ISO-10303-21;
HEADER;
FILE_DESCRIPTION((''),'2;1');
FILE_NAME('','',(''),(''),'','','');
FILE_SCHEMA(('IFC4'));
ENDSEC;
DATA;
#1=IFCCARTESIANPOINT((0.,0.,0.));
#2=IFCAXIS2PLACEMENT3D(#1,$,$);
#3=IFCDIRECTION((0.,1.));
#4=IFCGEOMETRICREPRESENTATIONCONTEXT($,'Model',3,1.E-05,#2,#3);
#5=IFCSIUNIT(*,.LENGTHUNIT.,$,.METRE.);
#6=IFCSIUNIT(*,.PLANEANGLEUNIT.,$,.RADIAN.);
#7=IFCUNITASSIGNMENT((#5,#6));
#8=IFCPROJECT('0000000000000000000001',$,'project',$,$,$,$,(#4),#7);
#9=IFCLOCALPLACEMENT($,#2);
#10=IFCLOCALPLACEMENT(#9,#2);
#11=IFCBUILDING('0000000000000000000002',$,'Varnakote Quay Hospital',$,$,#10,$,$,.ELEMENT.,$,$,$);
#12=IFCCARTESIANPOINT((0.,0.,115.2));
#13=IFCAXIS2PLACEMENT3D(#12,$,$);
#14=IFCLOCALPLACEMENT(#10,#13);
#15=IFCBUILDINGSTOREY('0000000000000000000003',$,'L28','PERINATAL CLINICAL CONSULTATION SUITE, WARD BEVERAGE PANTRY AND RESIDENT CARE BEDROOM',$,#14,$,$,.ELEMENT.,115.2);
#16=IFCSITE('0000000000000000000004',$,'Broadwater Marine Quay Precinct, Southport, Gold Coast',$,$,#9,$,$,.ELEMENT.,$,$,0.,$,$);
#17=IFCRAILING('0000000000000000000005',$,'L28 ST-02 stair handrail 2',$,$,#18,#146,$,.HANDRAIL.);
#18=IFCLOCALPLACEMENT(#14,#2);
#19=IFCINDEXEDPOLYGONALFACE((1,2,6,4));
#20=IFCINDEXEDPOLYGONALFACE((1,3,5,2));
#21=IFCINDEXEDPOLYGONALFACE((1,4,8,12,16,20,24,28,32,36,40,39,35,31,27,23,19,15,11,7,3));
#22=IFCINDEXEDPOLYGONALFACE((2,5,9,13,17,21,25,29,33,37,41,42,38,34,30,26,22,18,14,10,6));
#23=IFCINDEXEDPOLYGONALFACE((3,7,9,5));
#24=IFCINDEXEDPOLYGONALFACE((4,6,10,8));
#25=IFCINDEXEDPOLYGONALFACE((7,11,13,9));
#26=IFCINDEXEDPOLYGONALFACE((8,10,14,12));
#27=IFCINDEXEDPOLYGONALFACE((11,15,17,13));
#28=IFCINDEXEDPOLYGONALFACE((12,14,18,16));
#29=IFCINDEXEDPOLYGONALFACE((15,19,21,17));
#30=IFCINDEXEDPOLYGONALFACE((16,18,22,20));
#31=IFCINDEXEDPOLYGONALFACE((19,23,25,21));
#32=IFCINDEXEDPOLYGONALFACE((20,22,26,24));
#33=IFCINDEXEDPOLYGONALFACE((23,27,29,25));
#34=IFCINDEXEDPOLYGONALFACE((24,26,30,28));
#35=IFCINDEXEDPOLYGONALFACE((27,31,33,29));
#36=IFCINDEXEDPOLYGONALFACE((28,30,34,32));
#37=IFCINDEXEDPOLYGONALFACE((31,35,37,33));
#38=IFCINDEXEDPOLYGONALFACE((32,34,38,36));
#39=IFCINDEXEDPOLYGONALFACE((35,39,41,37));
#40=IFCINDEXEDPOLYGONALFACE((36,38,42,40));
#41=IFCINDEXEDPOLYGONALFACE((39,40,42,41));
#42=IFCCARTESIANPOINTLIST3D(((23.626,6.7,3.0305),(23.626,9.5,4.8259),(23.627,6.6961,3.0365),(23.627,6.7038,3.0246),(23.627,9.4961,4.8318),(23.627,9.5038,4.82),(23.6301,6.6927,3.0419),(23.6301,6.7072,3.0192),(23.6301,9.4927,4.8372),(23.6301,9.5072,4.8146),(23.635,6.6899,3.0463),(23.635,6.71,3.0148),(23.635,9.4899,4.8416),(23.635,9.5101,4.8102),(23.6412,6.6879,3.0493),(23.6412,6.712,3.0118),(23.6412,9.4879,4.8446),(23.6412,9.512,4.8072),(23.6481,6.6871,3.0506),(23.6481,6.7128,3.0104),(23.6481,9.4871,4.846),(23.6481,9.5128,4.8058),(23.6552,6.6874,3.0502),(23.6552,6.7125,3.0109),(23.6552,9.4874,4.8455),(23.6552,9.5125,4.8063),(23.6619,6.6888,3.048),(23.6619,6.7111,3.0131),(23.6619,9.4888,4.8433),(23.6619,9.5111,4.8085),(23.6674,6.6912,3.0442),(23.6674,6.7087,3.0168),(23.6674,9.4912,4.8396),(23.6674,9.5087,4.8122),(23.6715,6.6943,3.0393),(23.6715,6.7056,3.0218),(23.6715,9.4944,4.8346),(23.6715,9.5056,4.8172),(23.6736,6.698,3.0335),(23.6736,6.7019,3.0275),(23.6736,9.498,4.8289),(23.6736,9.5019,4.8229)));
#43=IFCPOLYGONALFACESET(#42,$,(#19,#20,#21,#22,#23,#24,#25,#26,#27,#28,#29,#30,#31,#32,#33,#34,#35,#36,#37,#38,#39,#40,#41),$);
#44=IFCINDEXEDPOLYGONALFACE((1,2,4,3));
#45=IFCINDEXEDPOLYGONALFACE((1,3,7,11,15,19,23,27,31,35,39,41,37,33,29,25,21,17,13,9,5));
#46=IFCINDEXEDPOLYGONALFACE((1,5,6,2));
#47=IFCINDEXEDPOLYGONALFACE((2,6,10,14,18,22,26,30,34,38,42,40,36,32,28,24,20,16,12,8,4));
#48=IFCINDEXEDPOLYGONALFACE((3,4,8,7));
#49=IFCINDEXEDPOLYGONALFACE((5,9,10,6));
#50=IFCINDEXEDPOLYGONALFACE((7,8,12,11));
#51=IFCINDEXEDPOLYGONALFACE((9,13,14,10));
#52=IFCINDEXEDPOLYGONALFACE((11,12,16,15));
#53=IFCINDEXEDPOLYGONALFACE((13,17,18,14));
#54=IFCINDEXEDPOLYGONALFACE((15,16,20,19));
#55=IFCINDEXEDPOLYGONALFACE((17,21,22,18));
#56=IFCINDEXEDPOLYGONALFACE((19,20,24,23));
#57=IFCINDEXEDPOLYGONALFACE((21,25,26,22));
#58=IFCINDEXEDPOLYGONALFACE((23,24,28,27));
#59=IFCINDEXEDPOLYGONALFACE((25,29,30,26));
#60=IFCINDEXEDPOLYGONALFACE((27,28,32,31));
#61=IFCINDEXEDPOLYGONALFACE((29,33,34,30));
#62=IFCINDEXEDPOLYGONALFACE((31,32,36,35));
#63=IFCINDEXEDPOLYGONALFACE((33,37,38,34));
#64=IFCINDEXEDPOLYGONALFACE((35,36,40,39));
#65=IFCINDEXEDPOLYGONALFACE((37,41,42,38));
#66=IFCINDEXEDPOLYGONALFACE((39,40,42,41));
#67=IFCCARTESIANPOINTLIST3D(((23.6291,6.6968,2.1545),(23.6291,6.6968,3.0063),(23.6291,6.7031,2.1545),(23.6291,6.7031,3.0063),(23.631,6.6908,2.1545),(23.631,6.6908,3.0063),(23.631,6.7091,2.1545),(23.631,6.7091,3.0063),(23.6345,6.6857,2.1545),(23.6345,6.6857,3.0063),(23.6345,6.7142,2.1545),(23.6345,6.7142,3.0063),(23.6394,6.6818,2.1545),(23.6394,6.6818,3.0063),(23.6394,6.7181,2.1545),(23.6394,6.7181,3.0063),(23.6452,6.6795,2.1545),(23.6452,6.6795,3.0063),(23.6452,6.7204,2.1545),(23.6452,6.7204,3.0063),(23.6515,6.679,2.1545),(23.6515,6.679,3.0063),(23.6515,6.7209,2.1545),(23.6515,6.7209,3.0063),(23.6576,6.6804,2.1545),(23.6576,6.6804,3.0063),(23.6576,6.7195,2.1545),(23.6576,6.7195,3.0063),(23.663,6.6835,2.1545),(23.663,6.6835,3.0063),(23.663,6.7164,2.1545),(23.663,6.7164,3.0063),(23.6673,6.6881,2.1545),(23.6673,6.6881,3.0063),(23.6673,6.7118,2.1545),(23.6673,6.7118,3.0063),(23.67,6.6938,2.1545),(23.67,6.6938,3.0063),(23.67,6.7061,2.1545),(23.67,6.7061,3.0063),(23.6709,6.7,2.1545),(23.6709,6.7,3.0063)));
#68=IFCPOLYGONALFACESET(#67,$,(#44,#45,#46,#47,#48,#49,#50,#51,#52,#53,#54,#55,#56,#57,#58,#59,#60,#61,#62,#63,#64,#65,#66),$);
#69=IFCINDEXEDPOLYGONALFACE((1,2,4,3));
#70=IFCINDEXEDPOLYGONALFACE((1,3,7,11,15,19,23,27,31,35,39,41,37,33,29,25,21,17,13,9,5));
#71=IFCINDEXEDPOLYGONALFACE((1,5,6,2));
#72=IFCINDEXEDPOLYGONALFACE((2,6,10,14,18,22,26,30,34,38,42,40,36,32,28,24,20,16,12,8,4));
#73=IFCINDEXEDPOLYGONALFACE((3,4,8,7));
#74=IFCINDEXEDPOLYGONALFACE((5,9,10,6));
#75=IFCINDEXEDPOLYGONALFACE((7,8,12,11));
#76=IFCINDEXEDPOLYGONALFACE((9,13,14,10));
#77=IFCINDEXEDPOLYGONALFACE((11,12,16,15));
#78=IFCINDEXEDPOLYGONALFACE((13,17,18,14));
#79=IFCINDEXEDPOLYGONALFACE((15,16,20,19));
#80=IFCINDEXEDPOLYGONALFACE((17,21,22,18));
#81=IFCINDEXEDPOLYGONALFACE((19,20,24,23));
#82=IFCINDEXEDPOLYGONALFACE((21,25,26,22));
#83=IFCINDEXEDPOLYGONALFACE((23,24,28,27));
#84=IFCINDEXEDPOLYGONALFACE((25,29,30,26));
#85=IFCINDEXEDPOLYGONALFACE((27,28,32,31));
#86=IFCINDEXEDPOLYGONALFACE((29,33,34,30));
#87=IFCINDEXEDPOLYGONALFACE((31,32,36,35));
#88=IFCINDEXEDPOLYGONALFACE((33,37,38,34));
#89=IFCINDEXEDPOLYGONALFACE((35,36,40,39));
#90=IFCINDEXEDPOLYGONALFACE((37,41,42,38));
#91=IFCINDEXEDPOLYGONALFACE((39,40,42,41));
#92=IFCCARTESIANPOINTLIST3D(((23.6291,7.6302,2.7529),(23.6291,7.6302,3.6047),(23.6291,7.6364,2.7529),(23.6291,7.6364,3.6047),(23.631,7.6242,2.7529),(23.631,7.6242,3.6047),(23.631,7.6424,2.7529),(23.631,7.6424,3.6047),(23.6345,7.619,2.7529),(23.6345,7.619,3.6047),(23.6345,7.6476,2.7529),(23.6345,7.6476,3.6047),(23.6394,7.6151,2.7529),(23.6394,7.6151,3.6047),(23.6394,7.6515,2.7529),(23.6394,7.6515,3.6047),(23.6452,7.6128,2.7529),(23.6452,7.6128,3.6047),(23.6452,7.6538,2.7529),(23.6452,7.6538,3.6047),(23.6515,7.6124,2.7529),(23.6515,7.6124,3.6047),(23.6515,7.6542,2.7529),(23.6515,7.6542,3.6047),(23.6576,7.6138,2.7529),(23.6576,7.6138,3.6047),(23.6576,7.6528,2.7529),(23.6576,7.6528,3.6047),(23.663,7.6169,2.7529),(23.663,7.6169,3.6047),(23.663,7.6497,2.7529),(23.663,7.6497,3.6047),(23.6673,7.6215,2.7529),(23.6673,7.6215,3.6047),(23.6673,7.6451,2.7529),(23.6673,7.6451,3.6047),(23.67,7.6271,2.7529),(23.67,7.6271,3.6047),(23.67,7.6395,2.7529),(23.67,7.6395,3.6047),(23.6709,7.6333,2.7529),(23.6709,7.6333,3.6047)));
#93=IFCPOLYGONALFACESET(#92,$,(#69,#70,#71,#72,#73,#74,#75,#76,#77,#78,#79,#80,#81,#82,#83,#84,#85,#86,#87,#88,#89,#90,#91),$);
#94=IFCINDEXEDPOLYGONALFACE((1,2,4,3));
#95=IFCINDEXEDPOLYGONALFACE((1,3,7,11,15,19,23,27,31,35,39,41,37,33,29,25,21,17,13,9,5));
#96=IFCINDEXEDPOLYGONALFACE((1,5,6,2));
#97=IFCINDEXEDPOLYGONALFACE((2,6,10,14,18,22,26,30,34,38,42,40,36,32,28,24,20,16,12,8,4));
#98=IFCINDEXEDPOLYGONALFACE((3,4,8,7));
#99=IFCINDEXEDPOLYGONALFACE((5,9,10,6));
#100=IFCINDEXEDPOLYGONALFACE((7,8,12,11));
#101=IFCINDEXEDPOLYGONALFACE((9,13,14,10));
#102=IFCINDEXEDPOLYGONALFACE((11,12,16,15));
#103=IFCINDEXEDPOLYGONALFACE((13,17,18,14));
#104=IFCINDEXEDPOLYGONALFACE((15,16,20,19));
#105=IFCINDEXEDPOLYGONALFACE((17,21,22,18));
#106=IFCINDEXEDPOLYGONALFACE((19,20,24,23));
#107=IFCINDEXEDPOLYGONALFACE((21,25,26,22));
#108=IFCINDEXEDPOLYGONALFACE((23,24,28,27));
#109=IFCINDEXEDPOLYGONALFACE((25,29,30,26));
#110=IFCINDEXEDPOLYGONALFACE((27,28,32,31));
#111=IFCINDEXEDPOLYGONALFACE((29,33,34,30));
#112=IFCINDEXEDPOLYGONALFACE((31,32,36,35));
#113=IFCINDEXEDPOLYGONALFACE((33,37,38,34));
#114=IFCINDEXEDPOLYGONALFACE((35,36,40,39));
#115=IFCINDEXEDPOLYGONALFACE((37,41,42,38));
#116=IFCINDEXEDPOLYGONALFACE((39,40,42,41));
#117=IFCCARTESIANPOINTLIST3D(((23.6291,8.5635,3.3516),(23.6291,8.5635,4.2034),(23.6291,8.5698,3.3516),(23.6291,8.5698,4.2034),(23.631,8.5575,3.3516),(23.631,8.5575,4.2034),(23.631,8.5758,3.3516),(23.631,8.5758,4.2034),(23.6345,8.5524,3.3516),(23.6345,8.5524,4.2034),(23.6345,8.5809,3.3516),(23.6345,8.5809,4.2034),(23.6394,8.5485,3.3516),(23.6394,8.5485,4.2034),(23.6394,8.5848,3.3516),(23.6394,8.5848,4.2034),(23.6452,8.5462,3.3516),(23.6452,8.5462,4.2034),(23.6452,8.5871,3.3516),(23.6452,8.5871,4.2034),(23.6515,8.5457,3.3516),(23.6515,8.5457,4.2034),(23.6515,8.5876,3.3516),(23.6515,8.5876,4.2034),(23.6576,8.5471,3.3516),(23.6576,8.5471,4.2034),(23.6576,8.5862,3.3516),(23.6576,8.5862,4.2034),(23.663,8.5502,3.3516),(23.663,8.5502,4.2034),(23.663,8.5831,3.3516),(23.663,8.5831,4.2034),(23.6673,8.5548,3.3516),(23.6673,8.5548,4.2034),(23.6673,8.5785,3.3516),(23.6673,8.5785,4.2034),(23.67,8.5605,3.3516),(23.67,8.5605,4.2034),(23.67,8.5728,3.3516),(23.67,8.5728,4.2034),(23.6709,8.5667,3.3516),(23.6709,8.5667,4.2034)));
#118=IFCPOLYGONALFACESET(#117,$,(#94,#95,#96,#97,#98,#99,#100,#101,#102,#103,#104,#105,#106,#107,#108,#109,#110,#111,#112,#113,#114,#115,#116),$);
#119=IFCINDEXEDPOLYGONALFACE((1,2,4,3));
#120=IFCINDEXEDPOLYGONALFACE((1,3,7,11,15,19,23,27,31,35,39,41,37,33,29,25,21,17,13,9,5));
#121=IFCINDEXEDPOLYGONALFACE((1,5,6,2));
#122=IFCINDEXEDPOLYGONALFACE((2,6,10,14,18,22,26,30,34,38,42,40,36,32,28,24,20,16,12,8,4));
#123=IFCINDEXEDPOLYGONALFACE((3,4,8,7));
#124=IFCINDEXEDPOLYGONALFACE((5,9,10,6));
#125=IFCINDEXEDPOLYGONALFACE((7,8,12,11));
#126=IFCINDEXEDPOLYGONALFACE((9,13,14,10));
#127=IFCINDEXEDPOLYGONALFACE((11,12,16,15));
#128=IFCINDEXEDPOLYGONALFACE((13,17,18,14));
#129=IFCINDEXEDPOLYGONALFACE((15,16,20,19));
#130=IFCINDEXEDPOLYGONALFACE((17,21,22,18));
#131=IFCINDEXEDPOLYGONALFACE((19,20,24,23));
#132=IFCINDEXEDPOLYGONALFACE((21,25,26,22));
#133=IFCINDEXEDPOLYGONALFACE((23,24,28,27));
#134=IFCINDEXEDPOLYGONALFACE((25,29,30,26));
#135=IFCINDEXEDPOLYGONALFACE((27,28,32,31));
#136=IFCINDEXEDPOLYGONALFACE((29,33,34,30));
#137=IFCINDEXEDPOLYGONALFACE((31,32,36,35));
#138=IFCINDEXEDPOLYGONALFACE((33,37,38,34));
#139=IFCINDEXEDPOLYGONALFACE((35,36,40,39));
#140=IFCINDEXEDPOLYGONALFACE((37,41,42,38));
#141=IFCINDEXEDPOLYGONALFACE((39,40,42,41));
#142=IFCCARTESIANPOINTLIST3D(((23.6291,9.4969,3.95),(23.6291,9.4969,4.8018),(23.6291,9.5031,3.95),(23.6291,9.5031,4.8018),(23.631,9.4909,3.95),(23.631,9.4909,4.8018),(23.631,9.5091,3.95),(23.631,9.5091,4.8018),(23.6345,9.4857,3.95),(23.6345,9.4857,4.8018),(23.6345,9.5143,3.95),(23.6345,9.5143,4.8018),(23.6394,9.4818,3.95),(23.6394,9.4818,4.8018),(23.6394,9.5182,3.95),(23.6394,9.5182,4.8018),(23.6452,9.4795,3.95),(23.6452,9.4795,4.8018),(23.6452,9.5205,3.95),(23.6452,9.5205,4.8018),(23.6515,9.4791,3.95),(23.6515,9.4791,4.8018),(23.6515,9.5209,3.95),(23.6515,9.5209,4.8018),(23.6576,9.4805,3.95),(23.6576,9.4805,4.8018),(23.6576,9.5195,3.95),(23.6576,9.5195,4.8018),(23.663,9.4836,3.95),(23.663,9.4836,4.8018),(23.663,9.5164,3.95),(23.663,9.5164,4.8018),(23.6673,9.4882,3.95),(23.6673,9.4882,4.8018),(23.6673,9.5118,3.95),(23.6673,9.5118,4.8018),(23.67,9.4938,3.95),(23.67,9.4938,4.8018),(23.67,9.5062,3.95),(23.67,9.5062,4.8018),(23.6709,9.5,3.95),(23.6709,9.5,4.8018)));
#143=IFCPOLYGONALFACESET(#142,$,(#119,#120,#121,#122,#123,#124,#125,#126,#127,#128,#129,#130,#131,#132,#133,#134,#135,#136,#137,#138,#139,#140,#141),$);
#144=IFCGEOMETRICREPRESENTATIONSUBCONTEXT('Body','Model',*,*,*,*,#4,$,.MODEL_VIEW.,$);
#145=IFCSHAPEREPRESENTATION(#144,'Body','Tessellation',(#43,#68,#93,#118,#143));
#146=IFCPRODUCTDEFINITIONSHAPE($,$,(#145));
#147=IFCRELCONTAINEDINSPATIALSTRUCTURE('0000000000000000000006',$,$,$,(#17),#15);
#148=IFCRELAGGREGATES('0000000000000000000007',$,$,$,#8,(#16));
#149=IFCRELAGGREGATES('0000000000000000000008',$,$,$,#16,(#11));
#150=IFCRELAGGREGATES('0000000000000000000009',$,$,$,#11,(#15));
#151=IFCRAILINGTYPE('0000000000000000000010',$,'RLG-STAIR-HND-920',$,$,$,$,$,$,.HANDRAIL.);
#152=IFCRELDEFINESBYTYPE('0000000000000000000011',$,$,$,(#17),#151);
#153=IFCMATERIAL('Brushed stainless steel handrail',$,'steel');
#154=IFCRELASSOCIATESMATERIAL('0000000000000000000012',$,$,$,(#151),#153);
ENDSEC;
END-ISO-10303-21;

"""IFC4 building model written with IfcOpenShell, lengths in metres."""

from ifc_helpers import new_model, si_unit, direction, frame, origin, origin_2d, place, context, subcontext, project, spatial, circle, extrude, material, type_object, element, save


model = new_model("IFC4")

# Units and contexts
model_context = context("Model", 3, precision=1e-05, world=origin(), true_north=direction((0.0, 1.0)))
body_context = subcontext(model_context, "Body", "Model", "MODEL_VIEW")
ifc_project = project(units=[si_unit("LENGTHUNIT", "METRE"), si_unit("PLANEANGLEUNIT", "RADIAN")], contexts=[model_context])

# Site, building, storey
site_placement = place(None, origin())
site = spatial("IfcSite", under=ifc_project, at=site_placement, Name="Broadwater Marine Quay Precinct, Southport, Gold Coast", CompositionType="ELEMENT", RefElevation=0.0)
building_placement = place(site_placement, origin())
building = spatial("IfcBuilding", under=site, at=building_placement, Name="Varnakote Quay Hospital", CompositionType="ELEMENT")
storey_placement = place(building_placement, frame((0.0, 0.0, 115.2)))
storey = spatial("IfcBuildingStorey", under=building, at=storey_placement, Name="L28", Description="PERINATAL CLINICAL CONSULTATION SUITE, WARD BEVERAGE PANTRY AND RESIDENT CARE BEDROOM", CompositionType="ELEMENT", Elevation=115.2)

# Railing
ifc_material_1 = material(Name="Brushed stainless steel handrail", Category="steel")
railing_type_1 = type_object("IfcRailingType", Name="RLG-STAIR-HND-920", PredefinedType="HANDRAIL", material=ifc_material_1)
railing_1_placement = place(storey_placement, frame((23.6499, 6.7, 2.1545)))
element("IfcRailing", 1, at=railing_1_placement, inside=storey, type_object=railing_type_1, Name="L28 ST-02 stair handrail 2", PredefinedType="HANDRAIL", context=body_context, shape_type="SweptSolid", body=[
    extrude(circle(Radius=0.0239, at=origin_2d()), frame((0.0, 0.0, 0.876), z_axis=(0.0, 0.84181, 0.539774), x_axis=(-1.0, 0.0, 0.0)), (0.0, 0.0, 1.0), 3.3262),
    extrude(circle(Radius=0.021, at=origin_2d()), origin(), (0.0, 0.0, 1.0), 0.8518),
    extrude(circle(Radius=0.021, at=origin_2d()), frame((0.0, 0.9333, 0.5984)), (0.0, 0.0, 1.0), 0.8518),
    extrude(circle(Radius=0.021, at=origin_2d()), frame((0.0, 1.8667, 1.197)), (0.0, 0.0, 1.0), 0.8518),
    extrude(circle(Radius=0.021, at=origin_2d()), frame((0.0, 2.8, 1.7954)), (0.0, 0.0, 1.0), 0.8518),
])

save(model, "model.ifc")
